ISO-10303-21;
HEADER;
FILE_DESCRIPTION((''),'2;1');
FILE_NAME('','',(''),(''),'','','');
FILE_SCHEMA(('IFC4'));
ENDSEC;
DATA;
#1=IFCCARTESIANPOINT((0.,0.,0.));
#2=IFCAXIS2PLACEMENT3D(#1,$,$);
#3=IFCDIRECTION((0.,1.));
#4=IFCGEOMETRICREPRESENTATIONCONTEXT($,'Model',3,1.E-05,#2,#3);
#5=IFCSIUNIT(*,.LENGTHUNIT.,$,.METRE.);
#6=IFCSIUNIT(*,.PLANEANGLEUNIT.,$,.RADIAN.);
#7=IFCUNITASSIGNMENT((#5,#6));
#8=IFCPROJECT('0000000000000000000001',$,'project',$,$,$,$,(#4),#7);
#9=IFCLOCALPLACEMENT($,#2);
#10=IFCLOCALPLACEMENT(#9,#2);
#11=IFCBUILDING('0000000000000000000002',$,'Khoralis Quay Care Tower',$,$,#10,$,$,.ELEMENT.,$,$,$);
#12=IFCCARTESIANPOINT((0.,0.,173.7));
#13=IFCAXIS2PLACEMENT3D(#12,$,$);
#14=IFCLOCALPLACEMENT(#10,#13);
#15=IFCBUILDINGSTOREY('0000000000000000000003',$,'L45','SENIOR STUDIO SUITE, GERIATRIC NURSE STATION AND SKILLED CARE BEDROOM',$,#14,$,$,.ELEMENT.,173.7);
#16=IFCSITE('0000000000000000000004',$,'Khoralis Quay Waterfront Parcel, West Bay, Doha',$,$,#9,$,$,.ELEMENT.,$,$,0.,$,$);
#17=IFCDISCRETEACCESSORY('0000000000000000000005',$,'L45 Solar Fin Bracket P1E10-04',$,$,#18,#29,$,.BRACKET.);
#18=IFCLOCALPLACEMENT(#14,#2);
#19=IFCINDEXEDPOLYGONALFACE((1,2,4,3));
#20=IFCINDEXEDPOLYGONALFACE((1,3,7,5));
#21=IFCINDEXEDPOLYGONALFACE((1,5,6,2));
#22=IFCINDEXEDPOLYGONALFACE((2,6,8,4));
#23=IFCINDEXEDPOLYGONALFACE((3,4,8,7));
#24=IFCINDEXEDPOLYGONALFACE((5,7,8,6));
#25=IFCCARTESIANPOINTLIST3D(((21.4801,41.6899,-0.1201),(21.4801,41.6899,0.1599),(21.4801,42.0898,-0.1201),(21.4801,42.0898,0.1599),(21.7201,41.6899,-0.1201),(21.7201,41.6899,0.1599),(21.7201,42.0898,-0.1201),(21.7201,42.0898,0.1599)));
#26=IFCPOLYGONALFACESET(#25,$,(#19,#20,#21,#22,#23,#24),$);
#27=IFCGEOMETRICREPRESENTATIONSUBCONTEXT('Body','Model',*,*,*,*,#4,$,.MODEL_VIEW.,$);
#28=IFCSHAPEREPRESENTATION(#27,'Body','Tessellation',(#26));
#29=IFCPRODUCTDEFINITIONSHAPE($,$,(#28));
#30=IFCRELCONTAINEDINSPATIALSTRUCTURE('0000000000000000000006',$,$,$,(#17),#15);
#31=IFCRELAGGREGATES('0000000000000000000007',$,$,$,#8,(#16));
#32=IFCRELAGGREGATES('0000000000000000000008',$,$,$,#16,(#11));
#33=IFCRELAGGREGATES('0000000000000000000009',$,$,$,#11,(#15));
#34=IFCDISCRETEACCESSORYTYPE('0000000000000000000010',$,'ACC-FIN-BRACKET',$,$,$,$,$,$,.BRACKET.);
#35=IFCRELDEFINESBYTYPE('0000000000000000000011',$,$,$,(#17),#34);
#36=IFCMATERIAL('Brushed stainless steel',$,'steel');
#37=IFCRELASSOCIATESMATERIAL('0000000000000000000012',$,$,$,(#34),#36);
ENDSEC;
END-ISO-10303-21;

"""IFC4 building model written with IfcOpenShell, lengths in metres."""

from ifc_helpers import new_model, si_unit, direction, frame, origin, origin_2d, place, context, subcontext, project, spatial, rectangle, extrude, source, transform, mapped, material, type_object, element, save


model = new_model("IFC4")

# Units and contexts
model_context = context("Model", 3, precision=1e-05, world=origin(), true_north=direction((0.0, 1.0)))
body_context = subcontext(model_context, "Body", "Model", "MODEL_VIEW")
ifc_project = project(units=[si_unit("LENGTHUNIT", "METRE"), si_unit("PLANEANGLEUNIT", "RADIAN")], contexts=[model_context])

# Site, building, storey
site_placement = place(None, origin())
site = spatial("IfcSite", under=ifc_project, at=site_placement, Name="Khoralis Quay Waterfront Parcel, West Bay, Doha", CompositionType="ELEMENT", RefElevation=0.0)
building_placement = place(site_placement, origin())
building = spatial("IfcBuilding", under=site, at=building_placement, Name="Khoralis Quay Care Tower", CompositionType="ELEMENT")
storey_placement = place(building_placement, frame((0.0, 0.0, 173.7)))
storey = spatial("IfcBuildingStorey", under=building, at=storey_placement, Name="L45", Description="SENIOR STUDIO SUITE, GERIATRIC NURSE STATION AND SKILLED CARE BEDROOM", CompositionType="ELEMENT", Elevation=173.7)

# Discrete accessory
ifc_material_1 = material(Name="Brushed stainless steel", Category="steel")
discrete_accessory_type = type_object("IfcDiscreteAccessoryType", Name="ACC-FIN-BRACKET", PredefinedType="BRACKET", material=ifc_material_1)
shared_shape_1 = source(origin(), body_context, "Body", "SweptSolid", [
    extrude(rectangle(XDim=0.3999, YDim=0.24, at=origin_2d()), origin(), (0.0, 0.0, 1.0), 0.28),
])
for number, where, z_axis, x_axis, name in (
    (1, (21.6001, 41.8899, -0.1201), (0.0, 0.0, 1.0), (0.0, 1.0, 0.0), "L45 Solar Fin Bracket P1E10-04"),
):
    element("IfcDiscreteAccessory", number, at=place(storey_placement, frame(where, z_axis=z_axis, x_axis=x_axis)), inside=storey, type_object=discrete_accessory_type, Name=name, PredefinedType="BRACKET", context=body_context, shape_type="MappedRepresentation", body=[
        mapped(shared_shape_1, transform((0.0, 0.0, 0.0), scale=1.0)),
    ])

save(model, "model.ifc")
